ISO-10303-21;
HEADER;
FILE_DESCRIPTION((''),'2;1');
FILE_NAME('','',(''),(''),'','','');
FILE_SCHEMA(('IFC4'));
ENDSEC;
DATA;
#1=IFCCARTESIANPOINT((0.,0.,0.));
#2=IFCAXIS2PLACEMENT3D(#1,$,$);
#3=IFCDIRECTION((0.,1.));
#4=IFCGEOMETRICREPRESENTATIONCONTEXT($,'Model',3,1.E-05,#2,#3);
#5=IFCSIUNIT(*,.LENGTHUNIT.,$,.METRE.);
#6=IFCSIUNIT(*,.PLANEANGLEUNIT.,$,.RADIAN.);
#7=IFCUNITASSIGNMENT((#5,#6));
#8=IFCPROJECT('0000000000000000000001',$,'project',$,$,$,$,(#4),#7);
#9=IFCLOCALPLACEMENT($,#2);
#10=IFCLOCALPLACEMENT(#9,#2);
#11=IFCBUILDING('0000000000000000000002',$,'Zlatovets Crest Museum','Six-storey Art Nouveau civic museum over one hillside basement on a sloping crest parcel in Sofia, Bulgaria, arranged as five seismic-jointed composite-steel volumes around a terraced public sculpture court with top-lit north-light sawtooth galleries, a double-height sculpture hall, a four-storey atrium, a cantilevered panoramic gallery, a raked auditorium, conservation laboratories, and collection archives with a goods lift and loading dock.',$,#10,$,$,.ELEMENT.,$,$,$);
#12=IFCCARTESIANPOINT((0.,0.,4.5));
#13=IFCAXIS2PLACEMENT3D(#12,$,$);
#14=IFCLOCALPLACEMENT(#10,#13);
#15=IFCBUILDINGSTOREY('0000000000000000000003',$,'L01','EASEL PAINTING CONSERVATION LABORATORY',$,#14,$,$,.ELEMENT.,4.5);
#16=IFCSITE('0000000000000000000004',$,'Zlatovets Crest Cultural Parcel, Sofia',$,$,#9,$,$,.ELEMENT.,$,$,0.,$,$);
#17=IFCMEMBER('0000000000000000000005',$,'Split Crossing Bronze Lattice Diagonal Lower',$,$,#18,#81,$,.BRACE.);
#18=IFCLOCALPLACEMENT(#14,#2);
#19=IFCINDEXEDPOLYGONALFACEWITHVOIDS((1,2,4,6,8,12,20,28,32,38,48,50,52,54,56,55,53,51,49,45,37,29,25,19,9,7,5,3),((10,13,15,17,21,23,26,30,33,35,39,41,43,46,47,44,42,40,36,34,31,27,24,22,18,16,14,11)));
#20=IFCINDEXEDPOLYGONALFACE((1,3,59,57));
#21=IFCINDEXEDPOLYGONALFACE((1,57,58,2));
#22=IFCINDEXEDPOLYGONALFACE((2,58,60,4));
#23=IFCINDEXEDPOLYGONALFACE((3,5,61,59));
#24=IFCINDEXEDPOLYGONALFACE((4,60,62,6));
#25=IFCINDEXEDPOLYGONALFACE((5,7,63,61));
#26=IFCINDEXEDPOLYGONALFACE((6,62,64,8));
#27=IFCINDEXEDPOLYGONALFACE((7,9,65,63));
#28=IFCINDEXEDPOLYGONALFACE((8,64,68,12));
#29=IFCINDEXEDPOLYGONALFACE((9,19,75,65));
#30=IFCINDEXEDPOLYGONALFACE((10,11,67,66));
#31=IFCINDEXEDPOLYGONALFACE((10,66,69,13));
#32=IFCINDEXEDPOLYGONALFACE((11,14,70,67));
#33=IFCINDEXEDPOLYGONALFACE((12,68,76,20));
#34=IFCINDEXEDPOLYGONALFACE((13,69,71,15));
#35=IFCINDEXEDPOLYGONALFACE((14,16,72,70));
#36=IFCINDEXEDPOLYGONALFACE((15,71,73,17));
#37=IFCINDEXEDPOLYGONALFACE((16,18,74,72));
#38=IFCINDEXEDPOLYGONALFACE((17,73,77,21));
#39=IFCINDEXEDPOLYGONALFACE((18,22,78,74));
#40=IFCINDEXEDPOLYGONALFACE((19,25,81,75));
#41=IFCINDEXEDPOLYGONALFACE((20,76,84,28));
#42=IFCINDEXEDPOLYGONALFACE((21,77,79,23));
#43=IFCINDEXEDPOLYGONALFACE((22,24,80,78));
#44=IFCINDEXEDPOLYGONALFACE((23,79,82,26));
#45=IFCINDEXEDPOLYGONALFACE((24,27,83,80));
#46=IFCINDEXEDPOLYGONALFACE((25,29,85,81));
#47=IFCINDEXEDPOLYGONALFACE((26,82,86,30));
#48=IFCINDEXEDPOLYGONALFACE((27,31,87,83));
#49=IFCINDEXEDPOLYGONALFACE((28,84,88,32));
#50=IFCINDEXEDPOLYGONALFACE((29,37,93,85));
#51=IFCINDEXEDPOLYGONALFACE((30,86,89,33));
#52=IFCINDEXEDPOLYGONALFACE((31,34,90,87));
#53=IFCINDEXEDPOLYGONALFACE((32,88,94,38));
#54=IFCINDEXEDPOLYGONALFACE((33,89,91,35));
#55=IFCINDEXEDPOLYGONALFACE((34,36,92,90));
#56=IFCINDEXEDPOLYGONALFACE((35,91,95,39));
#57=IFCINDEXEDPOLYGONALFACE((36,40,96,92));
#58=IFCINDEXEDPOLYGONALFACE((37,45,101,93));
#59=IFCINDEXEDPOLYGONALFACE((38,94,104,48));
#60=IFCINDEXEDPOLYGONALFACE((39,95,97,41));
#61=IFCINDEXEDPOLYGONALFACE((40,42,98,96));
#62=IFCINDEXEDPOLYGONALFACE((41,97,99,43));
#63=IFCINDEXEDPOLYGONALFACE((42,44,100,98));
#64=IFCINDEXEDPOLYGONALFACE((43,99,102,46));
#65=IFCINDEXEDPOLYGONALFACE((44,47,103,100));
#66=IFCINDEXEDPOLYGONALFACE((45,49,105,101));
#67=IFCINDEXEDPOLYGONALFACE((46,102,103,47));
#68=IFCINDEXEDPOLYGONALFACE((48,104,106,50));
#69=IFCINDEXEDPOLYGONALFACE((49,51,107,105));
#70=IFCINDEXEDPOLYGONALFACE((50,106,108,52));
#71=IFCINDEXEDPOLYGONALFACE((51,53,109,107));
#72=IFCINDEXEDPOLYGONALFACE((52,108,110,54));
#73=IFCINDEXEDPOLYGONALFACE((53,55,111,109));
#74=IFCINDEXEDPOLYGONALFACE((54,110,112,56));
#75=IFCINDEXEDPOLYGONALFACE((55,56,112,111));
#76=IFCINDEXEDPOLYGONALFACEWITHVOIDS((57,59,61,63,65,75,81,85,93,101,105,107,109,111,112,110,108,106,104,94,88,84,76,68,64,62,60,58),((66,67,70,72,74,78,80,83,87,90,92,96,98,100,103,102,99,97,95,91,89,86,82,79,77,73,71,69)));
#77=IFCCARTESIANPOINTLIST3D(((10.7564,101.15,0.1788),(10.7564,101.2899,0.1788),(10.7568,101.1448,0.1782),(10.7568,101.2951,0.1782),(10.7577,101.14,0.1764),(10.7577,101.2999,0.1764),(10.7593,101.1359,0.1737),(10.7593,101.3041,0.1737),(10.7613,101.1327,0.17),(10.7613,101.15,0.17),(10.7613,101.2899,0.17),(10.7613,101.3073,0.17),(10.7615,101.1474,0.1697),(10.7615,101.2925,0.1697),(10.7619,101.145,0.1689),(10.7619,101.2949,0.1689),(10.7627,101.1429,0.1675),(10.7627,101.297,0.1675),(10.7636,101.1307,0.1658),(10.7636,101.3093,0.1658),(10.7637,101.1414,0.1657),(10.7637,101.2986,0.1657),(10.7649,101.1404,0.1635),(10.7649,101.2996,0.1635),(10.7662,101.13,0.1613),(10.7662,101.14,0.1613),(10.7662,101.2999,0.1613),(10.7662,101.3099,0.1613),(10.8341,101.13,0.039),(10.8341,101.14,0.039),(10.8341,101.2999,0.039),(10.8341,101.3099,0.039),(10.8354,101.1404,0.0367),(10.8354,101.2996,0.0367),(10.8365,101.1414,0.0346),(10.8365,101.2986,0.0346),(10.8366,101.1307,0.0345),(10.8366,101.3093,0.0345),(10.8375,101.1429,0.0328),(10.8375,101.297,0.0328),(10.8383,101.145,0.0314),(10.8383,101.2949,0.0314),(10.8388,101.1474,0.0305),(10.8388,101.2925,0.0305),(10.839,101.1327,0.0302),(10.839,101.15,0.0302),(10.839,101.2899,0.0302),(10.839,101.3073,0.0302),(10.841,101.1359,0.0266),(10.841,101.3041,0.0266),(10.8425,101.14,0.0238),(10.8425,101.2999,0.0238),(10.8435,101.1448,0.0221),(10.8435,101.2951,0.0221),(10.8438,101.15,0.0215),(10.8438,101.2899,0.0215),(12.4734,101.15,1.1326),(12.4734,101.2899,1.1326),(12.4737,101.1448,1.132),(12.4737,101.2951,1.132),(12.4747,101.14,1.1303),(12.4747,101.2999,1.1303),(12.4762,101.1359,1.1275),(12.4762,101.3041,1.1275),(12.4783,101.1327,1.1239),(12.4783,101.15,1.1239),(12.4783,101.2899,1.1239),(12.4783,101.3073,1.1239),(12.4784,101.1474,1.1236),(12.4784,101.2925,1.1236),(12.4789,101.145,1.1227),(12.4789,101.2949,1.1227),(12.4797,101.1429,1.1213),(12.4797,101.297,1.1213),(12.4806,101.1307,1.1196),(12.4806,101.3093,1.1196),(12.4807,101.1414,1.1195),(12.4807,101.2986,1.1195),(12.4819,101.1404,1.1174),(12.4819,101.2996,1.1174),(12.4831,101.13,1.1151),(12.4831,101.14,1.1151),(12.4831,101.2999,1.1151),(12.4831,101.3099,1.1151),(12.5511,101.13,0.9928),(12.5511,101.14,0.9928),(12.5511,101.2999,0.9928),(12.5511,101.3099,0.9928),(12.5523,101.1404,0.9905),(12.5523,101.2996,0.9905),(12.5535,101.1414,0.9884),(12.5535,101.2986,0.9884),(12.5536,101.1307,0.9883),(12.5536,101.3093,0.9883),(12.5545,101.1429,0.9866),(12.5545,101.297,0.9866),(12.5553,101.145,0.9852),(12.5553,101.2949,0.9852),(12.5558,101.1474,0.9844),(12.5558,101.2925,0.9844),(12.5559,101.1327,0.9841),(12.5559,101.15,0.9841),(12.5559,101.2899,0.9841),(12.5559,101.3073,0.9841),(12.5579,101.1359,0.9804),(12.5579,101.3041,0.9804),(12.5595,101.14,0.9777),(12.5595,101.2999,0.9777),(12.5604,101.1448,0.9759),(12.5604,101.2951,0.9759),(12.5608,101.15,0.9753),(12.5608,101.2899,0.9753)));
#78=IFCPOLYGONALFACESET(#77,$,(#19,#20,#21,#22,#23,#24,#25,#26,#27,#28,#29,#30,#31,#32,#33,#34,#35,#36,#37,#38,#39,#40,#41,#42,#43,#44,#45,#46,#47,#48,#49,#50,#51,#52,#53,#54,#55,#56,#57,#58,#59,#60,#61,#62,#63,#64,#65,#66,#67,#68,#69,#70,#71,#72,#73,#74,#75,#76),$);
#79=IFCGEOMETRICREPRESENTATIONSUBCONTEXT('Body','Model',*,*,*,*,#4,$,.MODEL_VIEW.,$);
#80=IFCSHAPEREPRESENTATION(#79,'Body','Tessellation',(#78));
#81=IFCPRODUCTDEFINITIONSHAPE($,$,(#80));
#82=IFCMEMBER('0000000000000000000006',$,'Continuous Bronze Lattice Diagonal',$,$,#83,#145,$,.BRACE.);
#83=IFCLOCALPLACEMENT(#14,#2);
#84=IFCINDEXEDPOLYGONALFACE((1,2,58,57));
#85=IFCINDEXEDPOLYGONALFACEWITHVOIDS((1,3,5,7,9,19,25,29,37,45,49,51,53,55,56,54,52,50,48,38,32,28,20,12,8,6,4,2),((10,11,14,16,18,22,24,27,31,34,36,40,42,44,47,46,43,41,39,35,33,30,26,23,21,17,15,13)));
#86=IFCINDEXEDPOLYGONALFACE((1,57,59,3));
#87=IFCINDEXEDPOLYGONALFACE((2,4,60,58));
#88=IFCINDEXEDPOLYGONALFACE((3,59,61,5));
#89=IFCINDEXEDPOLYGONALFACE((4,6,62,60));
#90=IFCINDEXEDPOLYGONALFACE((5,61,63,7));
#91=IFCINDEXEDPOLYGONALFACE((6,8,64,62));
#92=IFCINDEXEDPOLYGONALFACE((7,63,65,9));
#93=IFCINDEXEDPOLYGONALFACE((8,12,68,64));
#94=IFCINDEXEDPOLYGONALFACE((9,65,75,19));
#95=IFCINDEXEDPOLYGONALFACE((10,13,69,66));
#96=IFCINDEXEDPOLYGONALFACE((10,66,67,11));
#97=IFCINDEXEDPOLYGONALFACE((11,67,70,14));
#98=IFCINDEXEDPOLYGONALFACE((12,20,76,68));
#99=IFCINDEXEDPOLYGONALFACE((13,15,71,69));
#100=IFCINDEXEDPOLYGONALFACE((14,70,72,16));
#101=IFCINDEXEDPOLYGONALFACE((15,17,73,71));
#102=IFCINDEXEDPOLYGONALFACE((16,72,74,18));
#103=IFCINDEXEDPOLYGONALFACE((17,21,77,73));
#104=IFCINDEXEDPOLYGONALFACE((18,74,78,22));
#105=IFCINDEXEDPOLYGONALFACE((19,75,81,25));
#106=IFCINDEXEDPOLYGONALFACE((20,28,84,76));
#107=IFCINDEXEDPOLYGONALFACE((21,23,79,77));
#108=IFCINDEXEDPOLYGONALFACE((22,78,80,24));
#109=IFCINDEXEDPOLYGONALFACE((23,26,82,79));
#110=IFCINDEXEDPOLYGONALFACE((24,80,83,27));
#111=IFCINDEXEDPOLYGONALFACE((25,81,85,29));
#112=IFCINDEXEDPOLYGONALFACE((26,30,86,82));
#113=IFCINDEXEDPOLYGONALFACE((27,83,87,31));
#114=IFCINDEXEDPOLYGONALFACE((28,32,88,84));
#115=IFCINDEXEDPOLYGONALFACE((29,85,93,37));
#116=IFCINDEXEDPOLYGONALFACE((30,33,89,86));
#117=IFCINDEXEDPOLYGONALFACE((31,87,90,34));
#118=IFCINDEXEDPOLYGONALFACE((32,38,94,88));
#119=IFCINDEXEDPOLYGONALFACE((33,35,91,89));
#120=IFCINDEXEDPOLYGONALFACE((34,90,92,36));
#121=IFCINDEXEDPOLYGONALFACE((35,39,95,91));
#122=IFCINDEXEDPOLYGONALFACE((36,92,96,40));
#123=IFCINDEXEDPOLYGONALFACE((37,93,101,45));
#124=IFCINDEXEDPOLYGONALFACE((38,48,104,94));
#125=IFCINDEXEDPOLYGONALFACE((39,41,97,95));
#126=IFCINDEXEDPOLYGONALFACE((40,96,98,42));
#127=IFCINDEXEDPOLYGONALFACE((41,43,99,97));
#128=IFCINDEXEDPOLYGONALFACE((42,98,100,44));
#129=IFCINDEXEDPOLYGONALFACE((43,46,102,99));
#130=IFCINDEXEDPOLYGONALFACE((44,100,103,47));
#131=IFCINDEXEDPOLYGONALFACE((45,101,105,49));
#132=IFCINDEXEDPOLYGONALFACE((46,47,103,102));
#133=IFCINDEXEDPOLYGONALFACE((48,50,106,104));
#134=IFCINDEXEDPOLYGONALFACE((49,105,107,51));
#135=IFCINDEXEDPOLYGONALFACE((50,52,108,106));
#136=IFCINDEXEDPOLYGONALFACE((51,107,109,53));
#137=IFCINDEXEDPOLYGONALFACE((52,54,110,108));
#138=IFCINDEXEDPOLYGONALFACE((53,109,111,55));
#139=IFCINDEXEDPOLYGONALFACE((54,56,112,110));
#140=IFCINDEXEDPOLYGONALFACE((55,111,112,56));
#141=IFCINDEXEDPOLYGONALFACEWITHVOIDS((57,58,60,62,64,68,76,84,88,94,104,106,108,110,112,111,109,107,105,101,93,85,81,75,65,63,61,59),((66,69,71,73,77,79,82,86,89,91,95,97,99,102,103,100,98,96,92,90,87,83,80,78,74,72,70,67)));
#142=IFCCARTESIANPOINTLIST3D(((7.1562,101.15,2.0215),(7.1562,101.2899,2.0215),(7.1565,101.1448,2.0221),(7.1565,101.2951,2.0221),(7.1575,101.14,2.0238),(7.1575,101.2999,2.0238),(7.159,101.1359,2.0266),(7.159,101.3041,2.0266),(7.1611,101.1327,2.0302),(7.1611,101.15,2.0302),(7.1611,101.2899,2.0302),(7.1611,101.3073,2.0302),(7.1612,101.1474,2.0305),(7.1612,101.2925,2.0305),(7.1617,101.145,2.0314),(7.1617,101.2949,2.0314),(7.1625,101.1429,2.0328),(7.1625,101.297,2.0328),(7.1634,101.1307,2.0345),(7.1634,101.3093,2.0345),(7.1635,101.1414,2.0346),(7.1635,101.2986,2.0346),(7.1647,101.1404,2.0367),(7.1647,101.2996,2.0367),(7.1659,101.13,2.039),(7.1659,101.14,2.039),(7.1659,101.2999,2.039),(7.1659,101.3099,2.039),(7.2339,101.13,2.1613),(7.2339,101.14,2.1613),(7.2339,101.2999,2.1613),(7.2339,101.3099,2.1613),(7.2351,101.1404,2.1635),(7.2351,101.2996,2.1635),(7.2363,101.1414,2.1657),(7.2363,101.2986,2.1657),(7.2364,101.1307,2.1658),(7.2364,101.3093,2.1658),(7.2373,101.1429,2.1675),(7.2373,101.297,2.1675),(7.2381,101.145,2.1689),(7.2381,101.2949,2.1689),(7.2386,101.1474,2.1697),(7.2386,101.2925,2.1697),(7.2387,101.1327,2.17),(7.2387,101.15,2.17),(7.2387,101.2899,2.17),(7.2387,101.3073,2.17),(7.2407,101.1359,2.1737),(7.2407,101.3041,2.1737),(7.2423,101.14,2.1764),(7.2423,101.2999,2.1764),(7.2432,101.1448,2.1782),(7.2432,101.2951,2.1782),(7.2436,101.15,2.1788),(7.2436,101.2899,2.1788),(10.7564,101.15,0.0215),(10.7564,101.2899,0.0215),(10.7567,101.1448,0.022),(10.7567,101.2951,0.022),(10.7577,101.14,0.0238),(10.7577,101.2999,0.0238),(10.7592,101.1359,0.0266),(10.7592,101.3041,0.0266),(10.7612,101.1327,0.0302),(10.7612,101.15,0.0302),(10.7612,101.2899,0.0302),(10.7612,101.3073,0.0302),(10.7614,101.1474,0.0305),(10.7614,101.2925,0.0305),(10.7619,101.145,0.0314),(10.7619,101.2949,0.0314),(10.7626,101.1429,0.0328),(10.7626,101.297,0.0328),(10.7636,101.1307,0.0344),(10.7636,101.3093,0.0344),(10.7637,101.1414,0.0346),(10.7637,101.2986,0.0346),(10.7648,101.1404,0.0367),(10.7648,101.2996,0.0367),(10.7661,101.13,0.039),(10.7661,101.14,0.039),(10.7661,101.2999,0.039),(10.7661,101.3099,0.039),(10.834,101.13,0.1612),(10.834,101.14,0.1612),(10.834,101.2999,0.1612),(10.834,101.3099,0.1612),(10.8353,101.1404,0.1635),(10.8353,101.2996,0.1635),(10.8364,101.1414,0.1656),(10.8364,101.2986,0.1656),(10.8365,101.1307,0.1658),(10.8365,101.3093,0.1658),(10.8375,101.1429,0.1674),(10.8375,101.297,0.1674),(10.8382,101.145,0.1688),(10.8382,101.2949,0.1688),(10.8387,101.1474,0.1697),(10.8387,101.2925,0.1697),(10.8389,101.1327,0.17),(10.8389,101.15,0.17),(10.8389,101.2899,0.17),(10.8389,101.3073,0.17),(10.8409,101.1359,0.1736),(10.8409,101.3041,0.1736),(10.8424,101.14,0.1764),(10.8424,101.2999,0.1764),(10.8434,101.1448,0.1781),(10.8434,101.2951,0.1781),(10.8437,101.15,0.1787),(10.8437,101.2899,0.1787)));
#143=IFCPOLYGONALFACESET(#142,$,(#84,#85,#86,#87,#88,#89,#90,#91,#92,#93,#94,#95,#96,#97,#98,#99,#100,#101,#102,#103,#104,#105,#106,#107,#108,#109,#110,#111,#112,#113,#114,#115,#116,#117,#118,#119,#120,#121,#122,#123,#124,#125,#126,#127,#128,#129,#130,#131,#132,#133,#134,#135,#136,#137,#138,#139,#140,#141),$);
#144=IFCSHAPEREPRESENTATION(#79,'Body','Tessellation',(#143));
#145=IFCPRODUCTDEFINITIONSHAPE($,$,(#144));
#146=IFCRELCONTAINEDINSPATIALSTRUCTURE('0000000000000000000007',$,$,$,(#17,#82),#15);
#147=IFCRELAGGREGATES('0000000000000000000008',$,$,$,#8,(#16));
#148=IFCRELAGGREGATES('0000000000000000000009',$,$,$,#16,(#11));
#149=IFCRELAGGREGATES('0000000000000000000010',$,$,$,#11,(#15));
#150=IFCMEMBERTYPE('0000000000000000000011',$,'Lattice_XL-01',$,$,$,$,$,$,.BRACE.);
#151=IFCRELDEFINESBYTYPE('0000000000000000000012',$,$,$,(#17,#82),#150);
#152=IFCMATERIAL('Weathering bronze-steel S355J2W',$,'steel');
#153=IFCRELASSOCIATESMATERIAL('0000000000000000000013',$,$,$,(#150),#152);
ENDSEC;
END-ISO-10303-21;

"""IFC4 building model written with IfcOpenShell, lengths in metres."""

from ifc_helpers import new_model, si_unit, direction, frame, origin, origin_2d, place, context, subcontext, project, spatial, hollow_rectangle, extrude, material, material_profile, profile_set, type_object, element, save


model = new_model("IFC4")

# Units and contexts
model_context = context("Model", 3, precision=1e-05, world=origin(), true_north=direction((0.0, 1.0)))
body_context = subcontext(model_context, "Body", "Model", "MODEL_VIEW")
ifc_project = project(units=[si_unit("LENGTHUNIT", "METRE"), si_unit("PLANEANGLEUNIT", "RADIAN")], contexts=[model_context])

# Site, building, storey
site_placement = place(None, origin())
site = spatial("IfcSite", under=ifc_project, at=site_placement, Name="Zlatovets Crest Cultural Parcel, Sofia", CompositionType="ELEMENT", RefElevation=0.0)
building_placement = place(site_placement, origin())
building = spatial("IfcBuilding", under=site, at=building_placement, Name="Zlatovets Crest Museum", Description="Six-storey Art Nouveau civic museum over one hillside basement on a sloping crest parcel in Sofia, Bulgaria, arranged as five seismic-jointed composite-steel volumes around a terraced public sculpture court with top-lit north-light sawtooth galleries, a double-height sculpture hall, a four-storey atrium, a cantilevered panoramic gallery, a raked auditorium, conservation laboratories, and collection archives with a goods lift and loading dock.", CompositionType="ELEMENT")
storey_placement = place(building_placement, frame((0.0, 0.0, 4.5)))
storey = spatial("IfcBuildingStorey", under=building, at=storey_placement, Name="L01", Description="EASEL PAINTING CONSERVATION LABORATORY", CompositionType="ELEMENT", Elevation=4.5)

# Members
ifc_material_1 = material(Name="Weathering bronze-steel S355J2W", Category="steel")
ifc_material_profile_1 = material_profile(ifc_material_1, hollow_rectangle(XDim=0.1799, YDim=0.1799, WallThickness=0.01, InnerFilletRadius=0.01, OuterFilletRadius=0.02, at=origin_2d()), Name="SHS 180x180x10.0")
ifc_profile_set_1 = profile_set([ifc_material_profile_1], Name="Weathering bronze-steel S355J2W")
member_type_1 = type_object("IfcMemberType", Name="Lattice_XL-01", PredefinedType="BRACE", material=ifc_profile_set_1)
member_1_placement = place(storey_placement, frame((12.5171, 101.22, 1.054), z_axis=(-0.874169, 0.0, -0.485622), x_axis=(0.0, -1.0, 0.0)))
element("IfcMember", 1, at=member_1_placement, inside=storey, type_object=member_type_1, Name="Split Crossing Bronze Lattice Diagonal Lower", PredefinedType="BRACE", context=body_context, shape_type="SweptSolid", body=[
    extrude(hollow_rectangle(XDim=0.1799, YDim=0.1799, WallThickness=0.01, InnerFilletRadius=0.01, OuterFilletRadius=0.02, at=origin_2d()), origin(), (0.0, 0.0, 1.0), 1.9641),
])
member_2_placement = place(storey_placement, frame((10.8, 101.22, 0.1001), z_axis=(-0.874163, 0.0, 0.485633), x_axis=(0.0, -1.0, 0.0)))
element("IfcMember", 2, at=member_2_placement, inside=storey, type_object=member_type_1, Name="Continuous Bronze Lattice Diagonal", PredefinedType="BRACE", context=body_context, shape_type="SweptSolid", body=[
    extrude(hollow_rectangle(XDim=0.1799, YDim=0.1799, WallThickness=0.01, InnerFilletRadius=0.01, OuterFilletRadius=0.02, at=origin_2d()), origin(), (0.0, 0.0, 1.0), 4.1184),
])

save(model, "model.ifc")
